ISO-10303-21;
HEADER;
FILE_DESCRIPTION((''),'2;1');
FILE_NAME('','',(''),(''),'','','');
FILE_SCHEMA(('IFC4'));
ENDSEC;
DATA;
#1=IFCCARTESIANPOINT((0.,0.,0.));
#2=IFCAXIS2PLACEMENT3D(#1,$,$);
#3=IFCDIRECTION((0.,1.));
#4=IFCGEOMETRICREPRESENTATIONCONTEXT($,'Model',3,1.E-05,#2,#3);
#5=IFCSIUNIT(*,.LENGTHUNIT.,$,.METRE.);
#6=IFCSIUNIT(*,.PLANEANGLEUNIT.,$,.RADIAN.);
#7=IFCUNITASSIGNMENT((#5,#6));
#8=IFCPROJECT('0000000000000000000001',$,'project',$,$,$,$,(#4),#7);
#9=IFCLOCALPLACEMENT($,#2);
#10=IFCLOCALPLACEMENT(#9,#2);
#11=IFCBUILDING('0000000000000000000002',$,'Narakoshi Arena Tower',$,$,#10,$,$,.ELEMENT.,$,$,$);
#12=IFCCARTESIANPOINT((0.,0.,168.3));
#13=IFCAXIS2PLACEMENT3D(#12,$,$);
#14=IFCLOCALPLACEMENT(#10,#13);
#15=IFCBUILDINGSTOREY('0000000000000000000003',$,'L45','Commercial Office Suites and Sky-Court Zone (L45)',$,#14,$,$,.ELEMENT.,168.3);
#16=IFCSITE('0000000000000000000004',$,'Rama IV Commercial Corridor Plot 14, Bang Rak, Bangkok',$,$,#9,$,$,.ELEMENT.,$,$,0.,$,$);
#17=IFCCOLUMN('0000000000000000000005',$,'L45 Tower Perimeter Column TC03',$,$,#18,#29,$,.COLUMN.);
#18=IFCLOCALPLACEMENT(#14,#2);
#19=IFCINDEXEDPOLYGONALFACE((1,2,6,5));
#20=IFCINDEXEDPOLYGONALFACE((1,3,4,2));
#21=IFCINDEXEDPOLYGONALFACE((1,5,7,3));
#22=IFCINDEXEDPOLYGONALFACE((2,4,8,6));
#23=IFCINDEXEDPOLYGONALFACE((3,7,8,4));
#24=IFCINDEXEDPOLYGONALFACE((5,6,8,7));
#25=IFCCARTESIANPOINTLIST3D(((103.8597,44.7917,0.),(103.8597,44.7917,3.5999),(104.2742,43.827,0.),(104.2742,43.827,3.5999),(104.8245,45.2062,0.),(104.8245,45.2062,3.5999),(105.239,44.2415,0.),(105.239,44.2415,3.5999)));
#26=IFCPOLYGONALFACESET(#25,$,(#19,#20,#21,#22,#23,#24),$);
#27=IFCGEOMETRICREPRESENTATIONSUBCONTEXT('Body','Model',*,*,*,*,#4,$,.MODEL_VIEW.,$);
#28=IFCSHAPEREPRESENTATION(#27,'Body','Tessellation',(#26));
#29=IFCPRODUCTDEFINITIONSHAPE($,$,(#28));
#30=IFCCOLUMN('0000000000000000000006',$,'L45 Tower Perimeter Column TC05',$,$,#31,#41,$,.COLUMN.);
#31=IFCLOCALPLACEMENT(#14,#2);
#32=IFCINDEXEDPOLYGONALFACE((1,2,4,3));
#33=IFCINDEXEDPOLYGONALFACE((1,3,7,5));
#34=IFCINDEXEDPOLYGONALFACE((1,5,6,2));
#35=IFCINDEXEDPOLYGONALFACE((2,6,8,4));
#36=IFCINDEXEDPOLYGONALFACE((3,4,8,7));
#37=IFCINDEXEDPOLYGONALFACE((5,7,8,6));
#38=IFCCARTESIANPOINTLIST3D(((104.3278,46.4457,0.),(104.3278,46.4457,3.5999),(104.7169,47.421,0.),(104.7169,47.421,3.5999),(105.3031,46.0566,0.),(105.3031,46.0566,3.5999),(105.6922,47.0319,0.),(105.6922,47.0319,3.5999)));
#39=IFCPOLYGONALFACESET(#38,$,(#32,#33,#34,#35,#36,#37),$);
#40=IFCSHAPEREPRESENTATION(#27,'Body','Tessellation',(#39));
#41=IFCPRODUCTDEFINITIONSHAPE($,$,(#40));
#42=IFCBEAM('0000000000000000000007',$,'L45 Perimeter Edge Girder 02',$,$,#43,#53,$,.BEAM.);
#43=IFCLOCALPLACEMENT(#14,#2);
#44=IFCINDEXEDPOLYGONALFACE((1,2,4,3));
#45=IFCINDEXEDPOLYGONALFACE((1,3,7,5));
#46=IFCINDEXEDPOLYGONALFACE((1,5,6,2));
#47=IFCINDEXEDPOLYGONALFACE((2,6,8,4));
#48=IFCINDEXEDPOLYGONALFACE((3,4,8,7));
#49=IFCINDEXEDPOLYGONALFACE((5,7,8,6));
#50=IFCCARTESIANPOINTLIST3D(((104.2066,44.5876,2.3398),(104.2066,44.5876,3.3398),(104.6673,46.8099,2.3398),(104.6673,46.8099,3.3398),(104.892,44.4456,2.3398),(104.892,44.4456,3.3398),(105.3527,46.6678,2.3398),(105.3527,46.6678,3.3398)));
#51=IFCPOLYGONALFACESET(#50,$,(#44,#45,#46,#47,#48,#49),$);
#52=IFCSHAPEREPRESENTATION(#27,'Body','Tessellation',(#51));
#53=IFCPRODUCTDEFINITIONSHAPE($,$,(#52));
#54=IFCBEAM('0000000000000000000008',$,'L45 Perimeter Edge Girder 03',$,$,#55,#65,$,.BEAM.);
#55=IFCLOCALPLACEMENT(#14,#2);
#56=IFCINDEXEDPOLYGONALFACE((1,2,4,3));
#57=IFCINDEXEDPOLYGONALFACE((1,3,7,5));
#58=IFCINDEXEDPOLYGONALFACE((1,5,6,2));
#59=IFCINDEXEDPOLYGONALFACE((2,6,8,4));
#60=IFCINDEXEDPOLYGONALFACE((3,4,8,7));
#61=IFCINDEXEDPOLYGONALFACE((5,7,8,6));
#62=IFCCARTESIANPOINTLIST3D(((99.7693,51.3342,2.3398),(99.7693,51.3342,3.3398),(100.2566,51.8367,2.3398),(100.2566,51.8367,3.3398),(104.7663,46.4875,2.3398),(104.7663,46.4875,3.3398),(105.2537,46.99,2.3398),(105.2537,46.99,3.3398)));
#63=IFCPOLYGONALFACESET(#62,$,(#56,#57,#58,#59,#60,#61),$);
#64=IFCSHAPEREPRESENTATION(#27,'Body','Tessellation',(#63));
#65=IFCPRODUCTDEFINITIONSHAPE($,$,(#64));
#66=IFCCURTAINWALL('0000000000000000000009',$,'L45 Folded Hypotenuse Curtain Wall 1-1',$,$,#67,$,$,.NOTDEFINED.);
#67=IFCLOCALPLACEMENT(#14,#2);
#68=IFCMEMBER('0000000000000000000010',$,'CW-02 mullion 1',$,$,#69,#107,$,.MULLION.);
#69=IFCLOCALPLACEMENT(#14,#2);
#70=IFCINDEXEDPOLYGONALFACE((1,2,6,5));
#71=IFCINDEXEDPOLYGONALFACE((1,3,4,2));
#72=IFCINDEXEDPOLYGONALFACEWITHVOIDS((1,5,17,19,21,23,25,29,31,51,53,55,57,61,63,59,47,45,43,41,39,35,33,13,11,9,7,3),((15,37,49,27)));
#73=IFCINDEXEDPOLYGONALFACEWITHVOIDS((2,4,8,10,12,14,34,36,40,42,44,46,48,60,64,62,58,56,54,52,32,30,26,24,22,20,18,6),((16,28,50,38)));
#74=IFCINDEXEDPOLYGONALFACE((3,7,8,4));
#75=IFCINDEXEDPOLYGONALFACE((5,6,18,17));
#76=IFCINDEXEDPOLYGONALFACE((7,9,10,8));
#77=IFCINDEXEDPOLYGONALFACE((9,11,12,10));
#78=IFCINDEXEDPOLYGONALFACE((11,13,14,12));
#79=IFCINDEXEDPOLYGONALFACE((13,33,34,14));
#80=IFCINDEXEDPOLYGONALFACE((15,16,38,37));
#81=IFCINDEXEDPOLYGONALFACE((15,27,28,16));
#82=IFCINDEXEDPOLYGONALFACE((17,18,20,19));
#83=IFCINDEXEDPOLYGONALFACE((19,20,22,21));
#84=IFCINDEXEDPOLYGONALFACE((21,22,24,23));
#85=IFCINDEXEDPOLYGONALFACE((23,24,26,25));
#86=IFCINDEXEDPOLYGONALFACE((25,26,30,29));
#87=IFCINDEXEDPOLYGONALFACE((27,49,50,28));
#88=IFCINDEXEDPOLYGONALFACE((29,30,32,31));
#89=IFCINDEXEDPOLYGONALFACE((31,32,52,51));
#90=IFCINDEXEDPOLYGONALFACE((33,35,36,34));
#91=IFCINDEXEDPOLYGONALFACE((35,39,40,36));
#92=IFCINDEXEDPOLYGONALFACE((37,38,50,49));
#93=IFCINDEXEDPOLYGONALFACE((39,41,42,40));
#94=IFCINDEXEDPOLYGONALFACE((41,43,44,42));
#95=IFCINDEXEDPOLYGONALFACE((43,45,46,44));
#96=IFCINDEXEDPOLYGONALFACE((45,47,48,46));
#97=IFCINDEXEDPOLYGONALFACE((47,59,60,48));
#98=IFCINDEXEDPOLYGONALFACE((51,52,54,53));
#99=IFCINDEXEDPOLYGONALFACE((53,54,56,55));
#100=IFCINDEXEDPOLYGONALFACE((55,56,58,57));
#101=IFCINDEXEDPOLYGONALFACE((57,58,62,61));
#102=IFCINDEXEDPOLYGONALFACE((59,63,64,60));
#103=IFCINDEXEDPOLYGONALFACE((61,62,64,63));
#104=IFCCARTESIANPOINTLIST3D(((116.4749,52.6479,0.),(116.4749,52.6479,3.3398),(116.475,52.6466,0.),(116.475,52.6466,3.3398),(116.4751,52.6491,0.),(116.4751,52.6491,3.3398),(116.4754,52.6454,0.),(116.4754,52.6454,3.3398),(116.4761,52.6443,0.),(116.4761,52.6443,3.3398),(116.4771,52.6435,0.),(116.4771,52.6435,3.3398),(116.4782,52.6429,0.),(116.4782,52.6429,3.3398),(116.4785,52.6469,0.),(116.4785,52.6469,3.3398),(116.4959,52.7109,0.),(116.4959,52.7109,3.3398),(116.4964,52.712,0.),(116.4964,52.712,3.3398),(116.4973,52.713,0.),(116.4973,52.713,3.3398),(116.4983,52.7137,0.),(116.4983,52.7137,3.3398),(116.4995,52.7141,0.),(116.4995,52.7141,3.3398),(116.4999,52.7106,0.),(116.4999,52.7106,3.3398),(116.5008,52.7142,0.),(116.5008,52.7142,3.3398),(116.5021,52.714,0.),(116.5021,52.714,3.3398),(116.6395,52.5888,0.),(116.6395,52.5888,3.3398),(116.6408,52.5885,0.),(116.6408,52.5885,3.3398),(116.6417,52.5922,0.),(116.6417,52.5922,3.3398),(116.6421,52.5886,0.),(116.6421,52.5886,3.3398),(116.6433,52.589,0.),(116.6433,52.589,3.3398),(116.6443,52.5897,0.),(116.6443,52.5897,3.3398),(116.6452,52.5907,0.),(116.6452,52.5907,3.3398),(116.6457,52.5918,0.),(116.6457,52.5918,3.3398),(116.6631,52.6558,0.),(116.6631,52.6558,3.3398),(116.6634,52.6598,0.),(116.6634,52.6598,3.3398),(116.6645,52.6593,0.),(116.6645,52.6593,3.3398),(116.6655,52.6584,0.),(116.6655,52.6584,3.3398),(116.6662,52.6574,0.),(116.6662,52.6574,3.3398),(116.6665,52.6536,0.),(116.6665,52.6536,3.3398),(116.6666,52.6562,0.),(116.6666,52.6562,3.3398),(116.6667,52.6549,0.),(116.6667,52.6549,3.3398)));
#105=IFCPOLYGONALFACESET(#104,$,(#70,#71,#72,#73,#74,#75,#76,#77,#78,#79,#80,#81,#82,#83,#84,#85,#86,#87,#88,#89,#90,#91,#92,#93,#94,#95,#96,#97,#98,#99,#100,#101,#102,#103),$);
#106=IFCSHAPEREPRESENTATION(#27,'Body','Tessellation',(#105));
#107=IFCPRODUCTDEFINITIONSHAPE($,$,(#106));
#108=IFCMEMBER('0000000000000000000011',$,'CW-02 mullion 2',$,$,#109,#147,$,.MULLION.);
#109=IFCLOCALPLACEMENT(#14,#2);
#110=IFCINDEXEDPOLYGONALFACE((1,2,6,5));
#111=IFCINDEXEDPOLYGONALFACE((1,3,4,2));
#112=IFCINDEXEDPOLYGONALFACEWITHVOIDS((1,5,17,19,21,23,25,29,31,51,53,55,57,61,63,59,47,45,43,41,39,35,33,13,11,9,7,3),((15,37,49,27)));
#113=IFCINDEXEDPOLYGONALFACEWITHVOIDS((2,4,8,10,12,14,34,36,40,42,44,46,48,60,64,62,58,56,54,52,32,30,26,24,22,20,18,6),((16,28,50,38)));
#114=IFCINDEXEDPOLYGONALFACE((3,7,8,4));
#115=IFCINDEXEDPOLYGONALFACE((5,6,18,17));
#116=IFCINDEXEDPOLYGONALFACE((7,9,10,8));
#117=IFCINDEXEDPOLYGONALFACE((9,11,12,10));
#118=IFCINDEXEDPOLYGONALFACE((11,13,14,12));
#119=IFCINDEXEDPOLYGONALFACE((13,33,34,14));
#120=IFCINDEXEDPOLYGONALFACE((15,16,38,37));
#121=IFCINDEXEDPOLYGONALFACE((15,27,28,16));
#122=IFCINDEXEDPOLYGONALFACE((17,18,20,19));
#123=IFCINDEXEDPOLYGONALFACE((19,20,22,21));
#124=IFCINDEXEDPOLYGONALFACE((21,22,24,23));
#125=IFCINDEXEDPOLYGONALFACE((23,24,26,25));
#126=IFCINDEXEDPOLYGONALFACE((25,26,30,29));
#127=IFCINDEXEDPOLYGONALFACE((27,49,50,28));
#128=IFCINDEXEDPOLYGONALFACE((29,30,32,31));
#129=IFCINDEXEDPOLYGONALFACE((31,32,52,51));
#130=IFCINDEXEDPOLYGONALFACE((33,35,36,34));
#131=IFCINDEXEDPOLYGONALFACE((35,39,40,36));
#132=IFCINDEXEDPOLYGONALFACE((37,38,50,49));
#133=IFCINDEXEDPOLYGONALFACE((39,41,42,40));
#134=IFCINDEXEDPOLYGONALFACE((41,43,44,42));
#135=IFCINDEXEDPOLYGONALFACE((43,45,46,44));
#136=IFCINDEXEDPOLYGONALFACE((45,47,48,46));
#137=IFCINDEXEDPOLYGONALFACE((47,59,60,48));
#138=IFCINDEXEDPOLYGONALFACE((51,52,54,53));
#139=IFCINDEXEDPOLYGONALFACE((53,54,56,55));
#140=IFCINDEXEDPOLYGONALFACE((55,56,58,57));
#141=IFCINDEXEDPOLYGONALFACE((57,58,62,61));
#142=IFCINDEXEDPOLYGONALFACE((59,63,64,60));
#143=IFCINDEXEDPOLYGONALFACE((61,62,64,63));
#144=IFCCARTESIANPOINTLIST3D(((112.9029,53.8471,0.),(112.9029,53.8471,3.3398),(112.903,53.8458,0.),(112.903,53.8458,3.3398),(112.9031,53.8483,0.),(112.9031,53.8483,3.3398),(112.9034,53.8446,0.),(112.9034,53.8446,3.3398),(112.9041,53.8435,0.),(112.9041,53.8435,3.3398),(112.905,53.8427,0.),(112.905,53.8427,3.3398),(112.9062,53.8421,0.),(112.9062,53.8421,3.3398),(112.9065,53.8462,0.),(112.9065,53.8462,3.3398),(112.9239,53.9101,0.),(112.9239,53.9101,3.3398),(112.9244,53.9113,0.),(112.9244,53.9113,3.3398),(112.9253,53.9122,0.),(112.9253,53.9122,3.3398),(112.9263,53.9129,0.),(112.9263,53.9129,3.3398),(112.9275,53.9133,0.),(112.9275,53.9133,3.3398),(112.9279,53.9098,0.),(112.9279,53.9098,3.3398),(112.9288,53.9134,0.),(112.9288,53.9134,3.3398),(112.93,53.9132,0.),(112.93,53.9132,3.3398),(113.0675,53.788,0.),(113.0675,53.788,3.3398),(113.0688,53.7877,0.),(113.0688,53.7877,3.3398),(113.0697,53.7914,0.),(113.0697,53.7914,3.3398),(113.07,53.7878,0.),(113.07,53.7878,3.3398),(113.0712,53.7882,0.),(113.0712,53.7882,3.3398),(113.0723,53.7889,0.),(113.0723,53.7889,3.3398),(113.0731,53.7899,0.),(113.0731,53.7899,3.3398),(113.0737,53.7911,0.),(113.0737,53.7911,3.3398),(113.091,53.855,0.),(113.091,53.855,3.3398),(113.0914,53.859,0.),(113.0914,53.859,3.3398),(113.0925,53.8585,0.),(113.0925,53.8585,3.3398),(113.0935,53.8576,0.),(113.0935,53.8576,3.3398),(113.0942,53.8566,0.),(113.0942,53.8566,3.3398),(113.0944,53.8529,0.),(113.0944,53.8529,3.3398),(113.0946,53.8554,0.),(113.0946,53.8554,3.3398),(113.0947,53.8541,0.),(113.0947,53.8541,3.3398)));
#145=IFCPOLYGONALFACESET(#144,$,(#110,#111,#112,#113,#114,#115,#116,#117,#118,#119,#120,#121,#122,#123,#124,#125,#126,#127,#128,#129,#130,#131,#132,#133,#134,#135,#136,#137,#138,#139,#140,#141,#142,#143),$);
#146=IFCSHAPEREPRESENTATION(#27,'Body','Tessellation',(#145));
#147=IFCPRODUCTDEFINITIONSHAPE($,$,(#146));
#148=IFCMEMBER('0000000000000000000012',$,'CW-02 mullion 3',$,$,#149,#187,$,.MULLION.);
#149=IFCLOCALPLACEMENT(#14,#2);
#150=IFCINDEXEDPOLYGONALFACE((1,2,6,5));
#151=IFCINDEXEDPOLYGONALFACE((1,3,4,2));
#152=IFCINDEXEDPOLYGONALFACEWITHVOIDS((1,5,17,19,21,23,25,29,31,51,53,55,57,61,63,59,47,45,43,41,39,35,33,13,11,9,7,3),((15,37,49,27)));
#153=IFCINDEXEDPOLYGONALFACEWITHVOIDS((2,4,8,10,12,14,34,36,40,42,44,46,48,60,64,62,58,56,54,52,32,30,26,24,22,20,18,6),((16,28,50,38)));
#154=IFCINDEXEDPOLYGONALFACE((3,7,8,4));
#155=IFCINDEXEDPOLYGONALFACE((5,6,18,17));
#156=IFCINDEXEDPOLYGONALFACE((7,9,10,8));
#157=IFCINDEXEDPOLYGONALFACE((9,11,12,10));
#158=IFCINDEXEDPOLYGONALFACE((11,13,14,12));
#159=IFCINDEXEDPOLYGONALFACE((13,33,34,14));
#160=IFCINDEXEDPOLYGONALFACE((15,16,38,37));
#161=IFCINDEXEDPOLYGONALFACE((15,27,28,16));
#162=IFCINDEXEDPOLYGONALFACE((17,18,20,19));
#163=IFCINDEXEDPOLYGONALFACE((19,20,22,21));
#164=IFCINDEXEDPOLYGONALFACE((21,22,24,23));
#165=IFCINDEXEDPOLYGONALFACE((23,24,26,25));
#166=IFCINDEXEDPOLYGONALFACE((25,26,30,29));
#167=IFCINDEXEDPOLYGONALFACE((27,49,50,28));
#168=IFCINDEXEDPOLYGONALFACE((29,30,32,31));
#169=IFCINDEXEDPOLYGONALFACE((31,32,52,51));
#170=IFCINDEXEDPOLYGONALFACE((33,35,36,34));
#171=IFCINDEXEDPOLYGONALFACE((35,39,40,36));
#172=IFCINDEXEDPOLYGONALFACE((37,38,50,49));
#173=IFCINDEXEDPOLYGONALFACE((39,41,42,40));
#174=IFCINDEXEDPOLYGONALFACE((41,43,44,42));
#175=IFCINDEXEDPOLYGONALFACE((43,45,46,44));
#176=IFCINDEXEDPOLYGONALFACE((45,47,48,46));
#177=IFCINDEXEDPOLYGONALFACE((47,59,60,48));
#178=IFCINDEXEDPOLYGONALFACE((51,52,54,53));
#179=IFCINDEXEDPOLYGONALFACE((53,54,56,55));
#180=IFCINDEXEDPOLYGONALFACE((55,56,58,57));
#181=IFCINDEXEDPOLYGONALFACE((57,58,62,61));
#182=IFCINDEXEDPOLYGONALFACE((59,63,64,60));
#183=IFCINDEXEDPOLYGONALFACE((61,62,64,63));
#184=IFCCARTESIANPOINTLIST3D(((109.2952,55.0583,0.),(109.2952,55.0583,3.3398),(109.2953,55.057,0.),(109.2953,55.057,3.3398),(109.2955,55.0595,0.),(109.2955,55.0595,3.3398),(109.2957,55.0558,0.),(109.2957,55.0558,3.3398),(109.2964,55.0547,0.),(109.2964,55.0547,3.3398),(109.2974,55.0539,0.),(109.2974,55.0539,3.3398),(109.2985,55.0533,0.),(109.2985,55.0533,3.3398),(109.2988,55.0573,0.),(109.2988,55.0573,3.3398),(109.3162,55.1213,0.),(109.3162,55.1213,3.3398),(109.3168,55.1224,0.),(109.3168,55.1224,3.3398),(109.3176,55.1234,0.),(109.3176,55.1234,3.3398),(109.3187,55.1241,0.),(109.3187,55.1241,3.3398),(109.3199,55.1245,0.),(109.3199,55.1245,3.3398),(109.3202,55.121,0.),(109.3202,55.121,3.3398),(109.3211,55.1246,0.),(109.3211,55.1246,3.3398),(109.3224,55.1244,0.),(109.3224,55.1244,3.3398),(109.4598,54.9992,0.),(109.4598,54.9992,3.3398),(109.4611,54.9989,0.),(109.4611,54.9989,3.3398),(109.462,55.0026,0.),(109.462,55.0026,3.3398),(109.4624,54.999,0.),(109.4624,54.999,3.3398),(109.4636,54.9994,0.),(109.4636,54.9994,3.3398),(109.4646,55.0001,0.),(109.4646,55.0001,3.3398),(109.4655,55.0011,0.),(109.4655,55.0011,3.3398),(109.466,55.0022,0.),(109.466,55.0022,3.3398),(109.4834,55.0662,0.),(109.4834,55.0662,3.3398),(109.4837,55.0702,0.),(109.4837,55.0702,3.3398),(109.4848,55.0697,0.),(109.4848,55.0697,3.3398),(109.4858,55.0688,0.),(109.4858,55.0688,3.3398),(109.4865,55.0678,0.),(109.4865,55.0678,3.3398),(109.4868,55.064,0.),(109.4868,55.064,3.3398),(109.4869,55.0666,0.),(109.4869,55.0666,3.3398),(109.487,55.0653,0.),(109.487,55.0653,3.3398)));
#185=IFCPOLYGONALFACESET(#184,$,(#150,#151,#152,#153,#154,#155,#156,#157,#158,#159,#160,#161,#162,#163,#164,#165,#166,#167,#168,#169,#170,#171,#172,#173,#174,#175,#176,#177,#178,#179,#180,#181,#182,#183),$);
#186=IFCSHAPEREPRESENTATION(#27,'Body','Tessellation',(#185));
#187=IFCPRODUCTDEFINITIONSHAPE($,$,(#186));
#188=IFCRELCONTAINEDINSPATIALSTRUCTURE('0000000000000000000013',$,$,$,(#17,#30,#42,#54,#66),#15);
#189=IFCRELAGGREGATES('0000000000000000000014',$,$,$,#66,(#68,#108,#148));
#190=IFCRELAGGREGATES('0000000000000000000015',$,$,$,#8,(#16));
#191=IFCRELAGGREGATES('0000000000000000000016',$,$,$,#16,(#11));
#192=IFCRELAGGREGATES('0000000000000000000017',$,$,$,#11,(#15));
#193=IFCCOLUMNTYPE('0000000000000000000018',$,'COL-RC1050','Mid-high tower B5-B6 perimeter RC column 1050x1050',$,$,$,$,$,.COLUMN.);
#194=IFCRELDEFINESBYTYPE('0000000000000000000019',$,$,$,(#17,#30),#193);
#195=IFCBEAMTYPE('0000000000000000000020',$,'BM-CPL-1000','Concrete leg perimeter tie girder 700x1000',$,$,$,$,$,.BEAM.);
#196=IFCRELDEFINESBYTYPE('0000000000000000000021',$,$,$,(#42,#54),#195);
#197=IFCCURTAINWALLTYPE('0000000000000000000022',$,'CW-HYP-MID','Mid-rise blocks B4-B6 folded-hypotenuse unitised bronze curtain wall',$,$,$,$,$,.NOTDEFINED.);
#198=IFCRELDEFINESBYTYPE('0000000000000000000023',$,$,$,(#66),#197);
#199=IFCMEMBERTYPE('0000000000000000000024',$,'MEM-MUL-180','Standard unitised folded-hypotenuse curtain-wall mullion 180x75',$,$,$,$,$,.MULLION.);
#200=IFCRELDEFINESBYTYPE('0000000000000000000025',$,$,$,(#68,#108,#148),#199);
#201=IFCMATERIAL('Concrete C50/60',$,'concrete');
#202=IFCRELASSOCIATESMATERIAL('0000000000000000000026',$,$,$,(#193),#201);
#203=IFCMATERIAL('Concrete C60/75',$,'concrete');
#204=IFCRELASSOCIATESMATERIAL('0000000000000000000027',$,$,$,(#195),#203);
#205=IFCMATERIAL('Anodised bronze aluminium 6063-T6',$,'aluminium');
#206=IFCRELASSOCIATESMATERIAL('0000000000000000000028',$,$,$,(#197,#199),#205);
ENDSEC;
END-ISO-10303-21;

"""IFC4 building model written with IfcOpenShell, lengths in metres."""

from ifc_helpers import new_model, si_unit, direction, frame, origin, origin_2d, place, context, subcontext, project, spatial, rectangle, hollow_rectangle, extrude, material, material_profile, profile_set, type_object, element, aggregate, save


model = new_model("IFC4")

# Units and contexts
model_context = context("Model", 3, precision=1e-05, world=origin(), true_north=direction((0.0, 1.0)))
body_context = subcontext(model_context, "Body", "Model", "MODEL_VIEW")
ifc_project = project(units=[si_unit("LENGTHUNIT", "METRE"), si_unit("PLANEANGLEUNIT", "RADIAN")], contexts=[model_context])

# Site, building, storey
site_placement = place(None, origin())
site = spatial("IfcSite", under=ifc_project, at=site_placement, Name="Rama IV Commercial Corridor Plot 14, Bang Rak, Bangkok", CompositionType="ELEMENT", RefElevation=0.0)
building_placement = place(site_placement, origin())
building = spatial("IfcBuilding", under=site, at=building_placement, Name="Narakoshi Arena Tower", CompositionType="ELEMENT")
storey_placement = place(building_placement, frame((0.0, 0.0, 168.3)))
storey = spatial("IfcBuildingStorey", under=building, at=storey_placement, Name="L45", Description="Commercial Office Suites and Sky-Court Zone (L45)", CompositionType="ELEMENT", Elevation=168.3)

# Columns
ifc_material_1 = material(Name="Concrete C50/60", Category="concrete")
ifc_material_profile_1 = material_profile(ifc_material_1, rectangle(XDim=1.05, YDim=1.05, at=origin_2d()), Name="RC1050x1050")
ifc_profile_set_1 = profile_set([ifc_material_profile_1], Name="Concrete C50/60")
column_type = type_object("IfcColumnType", Name="COL-RC1050", Description="Mid-high tower B5-B6 perimeter RC column 1050x1050", PredefinedType="COLUMN", material=ifc_profile_set_1)
for number, where, z_axis, x_axis, name in (
    (1, (104.5493, 44.5166, 0.0), (0.0, 0.0, 1.0), (0.918791, 0.394744, 0.0), "L45 Tower Perimeter Column TC03"),
    (2, (105.01, 46.7388, 0.0), (0.0, 0.0, 1.0), (0.370557, 0.92881, 0.0), "L45 Tower Perimeter Column TC05"),
):
    element("IfcColumn", number, at=place(storey_placement, frame(where, z_axis=z_axis, x_axis=x_axis)), inside=storey, type_object=column_type, Name=name, PredefinedType="COLUMN", context=body_context, shape_type="SweptSolid", body=[
        extrude(rectangle(XDim=1.05, YDim=1.05, at=origin_2d()), origin(), (0.0, 0.0, 1.0), 3.5999),
    ])

# Beams
ifc_material_2 = material(Name="Concrete C60/75", Category="concrete")
ifc_material_profile_2 = material_profile(ifc_material_2, rectangle(XDim=0.7, YDim=1.0, at=origin_2d()), Name="RCB700x1000")
ifc_profile_set_2 = profile_set([ifc_material_profile_2], Name="Concrete C60/75")
beam_type = type_object("IfcBeamType", Name="BM-CPL-1000", Description="Concrete leg perimeter tie girder 700x1000", PredefinedType="BEAM", material=ifc_profile_set_2)
beam_1_placement = place(storey_placement, frame((104.5493, 44.5166, 2.8398), z_axis=(0.203, 0.979179, 0.0), x_axis=(-0.979179, 0.203, 0.0)))
element("IfcBeam", 3, at=beam_1_placement, inside=storey, type_object=beam_type, Name="L45 Perimeter Edge Girder 02", PredefinedType="BEAM", context=body_context, shape_type="SweptSolid", body=[
    extrude(rectangle(XDim=0.7, YDim=1.0, at=origin_2d()), origin(), (0.0, 0.0, 1.0), 2.2695),
])
beam_2_placement = place(storey_placement, frame((105.01, 46.7388, 2.8398), z_axis=(-0.717826, 0.696223, 0.0), x_axis=(-0.696223, -0.717826, 0.0)))
element("IfcBeam", 4, at=beam_2_placement, inside=storey, type_object=beam_type, Name="L45 Perimeter Edge Girder 03", PredefinedType="BEAM", context=body_context, shape_type="SweptSolid", body=[
    extrude(rectangle(XDim=0.7, YDim=1.0, at=origin_2d()), origin(), (0.0, 0.0, 1.0), 6.9614),
])

# Curtain wall, members
ifc_material_3 = material(Name="Anodised bronze aluminium 6063-T6", Category="aluminium")
curtain_wall_type = type_object("IfcCurtainWallType", Name="CW-HYP-MID", Description="Mid-rise blocks B4-B6 folded-hypotenuse unitised bronze curtain wall", PredefinedType="NOTDEFINED", material=ifc_material_3)
curtain_wall_placement = place(storey_placement, origin())
curtain_wall = element("IfcCurtainWall", 5, at=curtain_wall_placement, inside=storey, type_object=curtain_wall_type, Name="L45 Folded Hypotenuse Curtain Wall 1-1", PredefinedType="NOTDEFINED")
ifc_material_profile_3 = material_profile(ifc_material_3, hollow_rectangle(XDim=0.075, YDim=0.1799, WallThickness=0.0039, OuterFilletRadius=0.0049, at=origin_2d()), Name="MUL180x75x4")
ifc_profile_set_3 = profile_set([ifc_material_profile_3], Name="Anodised bronze aluminium 6063-T6")
member_type_1 = type_object("IfcMemberType", Name="MEM-MUL-180", Description="Standard unitised folded-hypotenuse curtain-wall mullion 180x75", PredefinedType="MULLION", material=ifc_profile_set_3)
member_1_placement = place(storey_placement, frame((116.5708, 52.6514, 0.0), z_axis=(0.0, 0.0, 1.0), x_axis=(-0.318261, -0.948003, 0.0)))
member_1 = element("IfcMember", 6, at=member_1_placement, type_object=member_type_1, Name="CW-02 mullion 1", PredefinedType="MULLION", context=body_context, shape_type="SweptSolid", body=[
    extrude(hollow_rectangle(XDim=0.075, YDim=0.1799, WallThickness=0.0039, OuterFilletRadius=0.0049, at=origin_2d()), origin(), (0.0, 0.0, 1.0), 3.3398),
])
member_2_placement = place(storey_placement, frame((112.9988, 53.8506, 0.0), z_axis=(0.0, 0.0, 1.0), x_axis=(-0.318261, -0.948003, 0.0)))
member_2 = element("IfcMember", 7, at=member_2_placement, type_object=member_type_1, Name="CW-02 mullion 2", PredefinedType="MULLION", context=body_context, shape_type="SweptSolid", body=[
    extrude(hollow_rectangle(XDim=0.075, YDim=0.1799, WallThickness=0.0039, OuterFilletRadius=0.0049, at=origin_2d()), origin(), (0.0, 0.0, 1.0), 3.3398),
])
member_3_placement = place(storey_placement, frame((109.3911, 55.0618, 0.0), z_axis=(0.0, 0.0, 1.0), x_axis=(-0.318261, -0.948003, 0.0)))
member_3 = element("IfcMember", 8, at=member_3_placement, type_object=member_type_1, Name="CW-02 mullion 3", PredefinedType="MULLION", context=body_context, shape_type="SweptSolid", body=[
    extrude(hollow_rectangle(XDim=0.075, YDim=0.1799, WallThickness=0.0039, OuterFilletRadius=0.0049, at=origin_2d()), origin(), (0.0, 0.0, 1.0), 3.3398),
])
aggregate(curtain_wall, [member_1, member_2, member_3])

save(model, "model.ifc")
